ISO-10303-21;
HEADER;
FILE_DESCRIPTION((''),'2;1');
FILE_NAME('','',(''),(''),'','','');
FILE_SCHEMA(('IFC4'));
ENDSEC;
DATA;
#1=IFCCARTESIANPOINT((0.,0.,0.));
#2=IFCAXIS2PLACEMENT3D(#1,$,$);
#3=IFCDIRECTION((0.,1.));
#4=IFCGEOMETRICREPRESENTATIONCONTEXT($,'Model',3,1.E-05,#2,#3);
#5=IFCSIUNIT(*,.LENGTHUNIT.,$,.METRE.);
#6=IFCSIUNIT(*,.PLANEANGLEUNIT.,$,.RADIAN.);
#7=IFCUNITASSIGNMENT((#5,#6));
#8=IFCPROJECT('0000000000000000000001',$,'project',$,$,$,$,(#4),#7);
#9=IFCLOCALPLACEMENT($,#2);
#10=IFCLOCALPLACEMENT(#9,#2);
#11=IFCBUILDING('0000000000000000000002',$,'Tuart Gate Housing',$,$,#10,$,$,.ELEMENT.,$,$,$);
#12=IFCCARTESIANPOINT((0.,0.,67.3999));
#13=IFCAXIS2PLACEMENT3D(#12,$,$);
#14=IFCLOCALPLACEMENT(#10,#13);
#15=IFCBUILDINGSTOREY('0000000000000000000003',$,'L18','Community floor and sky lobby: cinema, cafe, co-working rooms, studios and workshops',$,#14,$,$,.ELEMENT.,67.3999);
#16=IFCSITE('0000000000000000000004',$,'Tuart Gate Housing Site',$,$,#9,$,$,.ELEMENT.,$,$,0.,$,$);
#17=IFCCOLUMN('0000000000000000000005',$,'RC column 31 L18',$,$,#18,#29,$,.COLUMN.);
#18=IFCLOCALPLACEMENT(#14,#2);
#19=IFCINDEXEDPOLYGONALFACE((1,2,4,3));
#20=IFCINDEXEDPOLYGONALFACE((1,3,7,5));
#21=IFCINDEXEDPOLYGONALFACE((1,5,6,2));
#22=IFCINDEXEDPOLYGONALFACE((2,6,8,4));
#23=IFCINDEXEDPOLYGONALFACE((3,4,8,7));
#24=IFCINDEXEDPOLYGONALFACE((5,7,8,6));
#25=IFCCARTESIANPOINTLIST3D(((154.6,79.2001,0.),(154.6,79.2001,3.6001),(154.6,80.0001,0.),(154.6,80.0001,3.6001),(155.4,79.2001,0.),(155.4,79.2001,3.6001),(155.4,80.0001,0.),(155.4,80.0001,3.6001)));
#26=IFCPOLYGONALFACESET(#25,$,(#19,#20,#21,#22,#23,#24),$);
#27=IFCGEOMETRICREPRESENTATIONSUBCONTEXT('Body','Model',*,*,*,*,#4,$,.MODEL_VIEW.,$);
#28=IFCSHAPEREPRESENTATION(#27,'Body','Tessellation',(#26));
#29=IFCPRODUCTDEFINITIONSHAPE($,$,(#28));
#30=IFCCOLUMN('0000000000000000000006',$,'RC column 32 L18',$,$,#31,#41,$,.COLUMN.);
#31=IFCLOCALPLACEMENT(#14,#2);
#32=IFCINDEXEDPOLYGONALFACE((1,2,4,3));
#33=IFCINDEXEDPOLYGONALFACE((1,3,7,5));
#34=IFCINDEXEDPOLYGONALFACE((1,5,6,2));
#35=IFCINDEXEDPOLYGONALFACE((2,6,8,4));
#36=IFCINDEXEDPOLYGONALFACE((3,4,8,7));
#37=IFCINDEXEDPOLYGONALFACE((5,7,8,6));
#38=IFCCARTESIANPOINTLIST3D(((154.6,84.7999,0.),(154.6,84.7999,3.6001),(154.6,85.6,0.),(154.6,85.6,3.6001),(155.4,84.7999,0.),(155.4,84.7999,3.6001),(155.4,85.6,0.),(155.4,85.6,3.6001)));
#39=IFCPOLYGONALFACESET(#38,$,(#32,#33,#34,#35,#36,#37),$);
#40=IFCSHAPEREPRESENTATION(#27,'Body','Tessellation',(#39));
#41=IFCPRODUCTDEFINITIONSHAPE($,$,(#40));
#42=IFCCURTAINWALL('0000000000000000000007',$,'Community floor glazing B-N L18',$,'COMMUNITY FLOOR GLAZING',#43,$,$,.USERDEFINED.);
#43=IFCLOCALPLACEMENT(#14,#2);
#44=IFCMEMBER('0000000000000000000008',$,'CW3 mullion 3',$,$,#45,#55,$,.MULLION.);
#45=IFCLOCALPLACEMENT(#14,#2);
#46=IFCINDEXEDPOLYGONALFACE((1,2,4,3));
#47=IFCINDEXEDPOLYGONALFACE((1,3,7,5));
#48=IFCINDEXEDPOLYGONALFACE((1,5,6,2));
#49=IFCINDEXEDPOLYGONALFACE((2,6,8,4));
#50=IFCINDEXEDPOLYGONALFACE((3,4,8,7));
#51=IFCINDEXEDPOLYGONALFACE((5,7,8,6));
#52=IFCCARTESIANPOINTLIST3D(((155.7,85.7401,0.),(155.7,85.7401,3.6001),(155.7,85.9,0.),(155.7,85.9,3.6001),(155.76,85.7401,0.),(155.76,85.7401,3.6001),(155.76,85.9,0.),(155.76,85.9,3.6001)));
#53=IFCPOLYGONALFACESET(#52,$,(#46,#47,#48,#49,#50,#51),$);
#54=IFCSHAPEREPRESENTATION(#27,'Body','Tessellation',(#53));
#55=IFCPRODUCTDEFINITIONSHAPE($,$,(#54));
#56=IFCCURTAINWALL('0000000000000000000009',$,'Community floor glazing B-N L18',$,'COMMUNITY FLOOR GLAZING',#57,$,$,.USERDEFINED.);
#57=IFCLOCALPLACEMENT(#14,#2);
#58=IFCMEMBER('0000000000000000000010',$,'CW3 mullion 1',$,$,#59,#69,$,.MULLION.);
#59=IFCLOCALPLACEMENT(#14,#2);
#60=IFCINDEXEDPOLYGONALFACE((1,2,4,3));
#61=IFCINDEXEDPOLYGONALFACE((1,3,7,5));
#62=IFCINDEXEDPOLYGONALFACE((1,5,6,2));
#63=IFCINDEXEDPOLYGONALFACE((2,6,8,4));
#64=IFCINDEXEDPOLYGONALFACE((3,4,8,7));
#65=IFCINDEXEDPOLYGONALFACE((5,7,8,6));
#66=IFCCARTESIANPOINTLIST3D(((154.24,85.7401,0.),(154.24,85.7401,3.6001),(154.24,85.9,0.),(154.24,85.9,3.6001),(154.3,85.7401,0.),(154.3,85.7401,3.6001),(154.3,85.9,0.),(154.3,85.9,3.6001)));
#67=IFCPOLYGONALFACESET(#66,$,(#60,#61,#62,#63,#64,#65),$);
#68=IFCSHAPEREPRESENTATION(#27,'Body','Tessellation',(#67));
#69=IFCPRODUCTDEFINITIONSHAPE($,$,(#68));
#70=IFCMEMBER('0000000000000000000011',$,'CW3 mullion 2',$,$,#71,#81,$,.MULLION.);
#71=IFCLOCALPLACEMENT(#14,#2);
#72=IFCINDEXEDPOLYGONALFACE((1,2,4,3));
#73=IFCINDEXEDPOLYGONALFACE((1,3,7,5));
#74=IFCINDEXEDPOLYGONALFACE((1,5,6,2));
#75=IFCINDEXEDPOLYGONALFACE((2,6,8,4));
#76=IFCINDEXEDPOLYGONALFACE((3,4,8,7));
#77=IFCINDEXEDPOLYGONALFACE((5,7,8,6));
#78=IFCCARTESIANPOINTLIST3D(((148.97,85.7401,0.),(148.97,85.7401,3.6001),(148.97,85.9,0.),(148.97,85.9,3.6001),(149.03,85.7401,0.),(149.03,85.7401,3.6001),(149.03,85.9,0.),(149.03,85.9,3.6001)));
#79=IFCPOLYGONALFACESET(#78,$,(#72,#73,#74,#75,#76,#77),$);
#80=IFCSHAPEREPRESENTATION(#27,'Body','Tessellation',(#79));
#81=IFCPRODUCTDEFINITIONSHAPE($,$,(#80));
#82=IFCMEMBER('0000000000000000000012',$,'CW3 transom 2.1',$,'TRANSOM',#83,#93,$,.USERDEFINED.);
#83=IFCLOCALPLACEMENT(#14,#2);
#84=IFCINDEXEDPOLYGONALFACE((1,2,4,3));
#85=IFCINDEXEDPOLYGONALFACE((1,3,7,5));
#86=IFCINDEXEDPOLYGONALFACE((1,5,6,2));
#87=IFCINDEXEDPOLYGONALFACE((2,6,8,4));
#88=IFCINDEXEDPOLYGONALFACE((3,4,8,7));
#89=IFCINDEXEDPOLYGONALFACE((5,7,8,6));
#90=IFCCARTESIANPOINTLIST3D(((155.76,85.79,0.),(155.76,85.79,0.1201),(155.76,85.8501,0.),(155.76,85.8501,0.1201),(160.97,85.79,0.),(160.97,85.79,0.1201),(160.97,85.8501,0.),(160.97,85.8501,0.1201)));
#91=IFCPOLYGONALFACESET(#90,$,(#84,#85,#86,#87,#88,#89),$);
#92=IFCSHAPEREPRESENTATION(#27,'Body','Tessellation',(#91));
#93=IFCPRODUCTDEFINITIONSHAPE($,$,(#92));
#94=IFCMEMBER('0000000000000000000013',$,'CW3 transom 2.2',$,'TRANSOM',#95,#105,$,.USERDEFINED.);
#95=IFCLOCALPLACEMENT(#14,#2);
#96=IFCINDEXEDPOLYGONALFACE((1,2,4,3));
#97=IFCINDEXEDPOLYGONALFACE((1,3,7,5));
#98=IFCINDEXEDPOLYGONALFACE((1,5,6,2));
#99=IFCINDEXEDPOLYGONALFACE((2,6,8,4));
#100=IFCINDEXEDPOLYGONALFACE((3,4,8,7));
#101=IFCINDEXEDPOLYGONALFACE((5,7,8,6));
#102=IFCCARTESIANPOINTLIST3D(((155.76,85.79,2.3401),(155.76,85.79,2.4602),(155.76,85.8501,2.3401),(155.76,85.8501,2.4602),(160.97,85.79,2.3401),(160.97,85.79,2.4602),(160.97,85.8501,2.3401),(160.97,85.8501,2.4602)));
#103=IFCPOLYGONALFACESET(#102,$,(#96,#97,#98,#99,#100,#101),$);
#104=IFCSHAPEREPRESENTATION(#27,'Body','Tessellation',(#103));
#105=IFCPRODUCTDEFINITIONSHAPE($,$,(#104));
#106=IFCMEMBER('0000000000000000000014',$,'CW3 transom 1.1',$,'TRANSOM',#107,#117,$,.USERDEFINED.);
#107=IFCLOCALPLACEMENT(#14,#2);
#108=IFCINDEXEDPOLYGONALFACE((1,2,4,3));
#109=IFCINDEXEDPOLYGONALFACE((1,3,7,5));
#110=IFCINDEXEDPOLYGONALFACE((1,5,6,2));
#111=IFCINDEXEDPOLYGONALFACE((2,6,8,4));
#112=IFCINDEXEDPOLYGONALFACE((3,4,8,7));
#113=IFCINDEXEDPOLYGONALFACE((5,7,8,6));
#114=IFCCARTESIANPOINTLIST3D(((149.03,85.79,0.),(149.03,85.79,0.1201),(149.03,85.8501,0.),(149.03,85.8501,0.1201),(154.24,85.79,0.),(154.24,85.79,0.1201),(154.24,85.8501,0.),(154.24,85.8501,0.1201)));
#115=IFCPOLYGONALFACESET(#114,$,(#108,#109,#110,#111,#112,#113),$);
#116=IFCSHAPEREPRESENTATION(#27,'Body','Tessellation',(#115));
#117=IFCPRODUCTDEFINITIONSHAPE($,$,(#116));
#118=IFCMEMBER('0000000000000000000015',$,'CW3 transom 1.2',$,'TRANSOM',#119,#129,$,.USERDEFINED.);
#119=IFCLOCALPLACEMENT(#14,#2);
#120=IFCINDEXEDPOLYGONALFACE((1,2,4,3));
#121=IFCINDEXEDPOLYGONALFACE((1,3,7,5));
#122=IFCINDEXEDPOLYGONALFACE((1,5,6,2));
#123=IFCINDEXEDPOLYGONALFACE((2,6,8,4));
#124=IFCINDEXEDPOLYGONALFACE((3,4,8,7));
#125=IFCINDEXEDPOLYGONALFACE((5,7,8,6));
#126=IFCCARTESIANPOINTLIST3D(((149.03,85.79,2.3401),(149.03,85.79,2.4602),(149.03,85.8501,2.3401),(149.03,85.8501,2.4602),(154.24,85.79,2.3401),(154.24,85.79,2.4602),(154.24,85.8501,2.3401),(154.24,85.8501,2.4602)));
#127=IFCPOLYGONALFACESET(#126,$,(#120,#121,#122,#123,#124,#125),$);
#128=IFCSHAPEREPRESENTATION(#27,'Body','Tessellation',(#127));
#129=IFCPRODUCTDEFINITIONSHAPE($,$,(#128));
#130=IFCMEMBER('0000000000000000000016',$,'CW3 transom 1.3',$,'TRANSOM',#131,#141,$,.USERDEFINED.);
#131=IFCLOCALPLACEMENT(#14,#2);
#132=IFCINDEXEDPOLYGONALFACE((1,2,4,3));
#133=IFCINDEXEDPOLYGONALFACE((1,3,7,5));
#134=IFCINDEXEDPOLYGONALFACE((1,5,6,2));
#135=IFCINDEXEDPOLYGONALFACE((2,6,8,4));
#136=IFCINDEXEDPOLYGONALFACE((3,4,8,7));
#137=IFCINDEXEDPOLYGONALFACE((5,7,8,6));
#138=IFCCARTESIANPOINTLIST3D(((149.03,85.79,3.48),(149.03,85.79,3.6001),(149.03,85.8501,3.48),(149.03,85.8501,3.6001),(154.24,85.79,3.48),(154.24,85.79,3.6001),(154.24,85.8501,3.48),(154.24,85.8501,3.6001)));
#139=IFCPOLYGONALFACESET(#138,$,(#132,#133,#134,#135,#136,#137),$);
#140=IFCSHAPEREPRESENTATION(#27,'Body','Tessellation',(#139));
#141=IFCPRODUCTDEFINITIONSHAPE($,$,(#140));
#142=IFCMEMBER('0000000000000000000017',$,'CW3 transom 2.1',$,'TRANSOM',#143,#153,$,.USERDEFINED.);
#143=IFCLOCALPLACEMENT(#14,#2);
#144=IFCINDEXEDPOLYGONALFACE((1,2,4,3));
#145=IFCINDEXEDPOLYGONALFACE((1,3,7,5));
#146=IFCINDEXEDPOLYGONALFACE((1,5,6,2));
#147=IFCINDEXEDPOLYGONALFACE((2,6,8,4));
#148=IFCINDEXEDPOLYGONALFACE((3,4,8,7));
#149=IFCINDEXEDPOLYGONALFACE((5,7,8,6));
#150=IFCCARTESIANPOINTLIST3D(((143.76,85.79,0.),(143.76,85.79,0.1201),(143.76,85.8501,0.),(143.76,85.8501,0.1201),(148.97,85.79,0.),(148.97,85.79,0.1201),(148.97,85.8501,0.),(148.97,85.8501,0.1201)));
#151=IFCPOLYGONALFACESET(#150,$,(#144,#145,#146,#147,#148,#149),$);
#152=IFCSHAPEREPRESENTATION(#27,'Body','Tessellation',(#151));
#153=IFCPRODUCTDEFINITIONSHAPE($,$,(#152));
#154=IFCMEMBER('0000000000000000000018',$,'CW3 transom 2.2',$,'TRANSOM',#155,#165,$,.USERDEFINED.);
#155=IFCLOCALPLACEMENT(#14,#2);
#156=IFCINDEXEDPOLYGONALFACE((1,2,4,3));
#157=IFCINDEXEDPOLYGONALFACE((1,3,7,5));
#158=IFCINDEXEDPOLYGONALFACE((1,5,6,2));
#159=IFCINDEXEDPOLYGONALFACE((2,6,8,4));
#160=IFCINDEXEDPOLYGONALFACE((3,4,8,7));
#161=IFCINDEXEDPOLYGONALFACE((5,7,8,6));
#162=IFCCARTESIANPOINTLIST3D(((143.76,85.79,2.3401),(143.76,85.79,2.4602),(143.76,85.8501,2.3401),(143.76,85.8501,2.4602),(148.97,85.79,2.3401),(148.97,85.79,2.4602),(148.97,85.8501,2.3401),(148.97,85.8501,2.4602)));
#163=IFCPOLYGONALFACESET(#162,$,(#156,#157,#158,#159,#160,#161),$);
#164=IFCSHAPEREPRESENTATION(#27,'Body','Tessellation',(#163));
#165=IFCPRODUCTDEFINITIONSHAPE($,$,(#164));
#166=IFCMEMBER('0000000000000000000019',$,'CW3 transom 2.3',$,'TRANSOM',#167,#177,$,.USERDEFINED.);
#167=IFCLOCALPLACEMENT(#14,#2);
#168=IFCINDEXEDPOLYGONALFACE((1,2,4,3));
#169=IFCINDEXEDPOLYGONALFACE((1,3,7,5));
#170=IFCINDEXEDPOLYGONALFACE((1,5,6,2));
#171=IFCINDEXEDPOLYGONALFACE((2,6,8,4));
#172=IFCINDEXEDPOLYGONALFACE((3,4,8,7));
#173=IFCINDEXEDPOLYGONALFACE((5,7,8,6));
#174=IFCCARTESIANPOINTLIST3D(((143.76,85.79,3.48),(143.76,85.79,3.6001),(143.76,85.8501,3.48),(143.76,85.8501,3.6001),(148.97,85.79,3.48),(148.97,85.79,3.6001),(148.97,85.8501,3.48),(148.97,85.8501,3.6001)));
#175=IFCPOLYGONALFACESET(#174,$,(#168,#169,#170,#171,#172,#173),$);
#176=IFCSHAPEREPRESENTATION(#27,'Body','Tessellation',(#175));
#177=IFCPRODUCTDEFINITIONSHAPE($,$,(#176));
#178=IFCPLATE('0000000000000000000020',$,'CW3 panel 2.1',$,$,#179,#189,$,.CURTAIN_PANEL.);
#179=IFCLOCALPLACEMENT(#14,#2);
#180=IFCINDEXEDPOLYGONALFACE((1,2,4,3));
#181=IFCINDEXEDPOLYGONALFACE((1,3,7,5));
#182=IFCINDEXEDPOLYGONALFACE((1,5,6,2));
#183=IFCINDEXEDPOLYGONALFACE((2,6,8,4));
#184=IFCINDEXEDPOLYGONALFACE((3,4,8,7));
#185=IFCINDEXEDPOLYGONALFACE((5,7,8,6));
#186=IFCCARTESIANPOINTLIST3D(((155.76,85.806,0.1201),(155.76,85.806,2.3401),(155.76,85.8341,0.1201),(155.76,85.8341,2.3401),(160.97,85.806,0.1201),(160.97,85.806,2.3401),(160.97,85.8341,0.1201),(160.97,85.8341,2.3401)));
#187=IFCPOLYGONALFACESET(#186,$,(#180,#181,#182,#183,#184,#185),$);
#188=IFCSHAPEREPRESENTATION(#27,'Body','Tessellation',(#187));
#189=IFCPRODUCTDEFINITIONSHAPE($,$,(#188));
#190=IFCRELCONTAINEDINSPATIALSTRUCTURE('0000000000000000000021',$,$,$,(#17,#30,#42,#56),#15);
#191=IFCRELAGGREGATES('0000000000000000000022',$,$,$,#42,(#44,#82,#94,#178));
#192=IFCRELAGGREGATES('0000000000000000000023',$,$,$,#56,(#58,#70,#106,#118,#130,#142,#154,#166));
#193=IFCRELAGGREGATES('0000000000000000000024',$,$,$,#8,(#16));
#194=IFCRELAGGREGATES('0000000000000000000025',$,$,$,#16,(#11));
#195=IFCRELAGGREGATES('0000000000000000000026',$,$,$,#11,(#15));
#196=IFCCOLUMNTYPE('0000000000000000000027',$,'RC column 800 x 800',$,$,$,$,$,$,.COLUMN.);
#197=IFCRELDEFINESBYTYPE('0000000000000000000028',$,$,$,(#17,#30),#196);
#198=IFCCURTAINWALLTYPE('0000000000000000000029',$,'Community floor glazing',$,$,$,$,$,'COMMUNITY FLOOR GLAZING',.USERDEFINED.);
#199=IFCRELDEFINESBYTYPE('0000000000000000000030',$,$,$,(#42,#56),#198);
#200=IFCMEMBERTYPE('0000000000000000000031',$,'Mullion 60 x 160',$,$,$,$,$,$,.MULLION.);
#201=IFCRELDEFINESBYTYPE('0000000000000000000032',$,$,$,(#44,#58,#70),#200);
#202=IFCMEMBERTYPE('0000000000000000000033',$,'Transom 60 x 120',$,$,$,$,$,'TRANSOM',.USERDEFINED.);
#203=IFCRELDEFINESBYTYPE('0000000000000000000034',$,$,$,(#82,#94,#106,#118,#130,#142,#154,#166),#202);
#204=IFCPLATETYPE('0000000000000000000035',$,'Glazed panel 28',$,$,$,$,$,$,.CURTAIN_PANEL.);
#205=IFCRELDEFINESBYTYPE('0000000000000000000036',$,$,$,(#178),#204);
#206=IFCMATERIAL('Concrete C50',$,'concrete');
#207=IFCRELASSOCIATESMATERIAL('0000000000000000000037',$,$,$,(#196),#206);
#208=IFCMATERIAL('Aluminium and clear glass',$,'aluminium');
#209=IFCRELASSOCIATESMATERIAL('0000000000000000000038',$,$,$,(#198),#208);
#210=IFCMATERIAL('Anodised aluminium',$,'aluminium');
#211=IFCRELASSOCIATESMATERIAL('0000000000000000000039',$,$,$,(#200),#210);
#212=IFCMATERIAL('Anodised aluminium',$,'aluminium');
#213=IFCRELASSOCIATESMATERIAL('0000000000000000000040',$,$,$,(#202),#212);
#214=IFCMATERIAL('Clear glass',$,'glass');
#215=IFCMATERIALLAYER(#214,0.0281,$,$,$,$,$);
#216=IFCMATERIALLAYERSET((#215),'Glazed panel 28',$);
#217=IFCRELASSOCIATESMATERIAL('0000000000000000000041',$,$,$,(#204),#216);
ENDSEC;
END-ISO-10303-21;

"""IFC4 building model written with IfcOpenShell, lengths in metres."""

from ifc_helpers import new_model, si_unit, direction, frame, origin, origin_2d, place, context, subcontext, project, spatial, rectangle, extrude, material, layer, layer_set, material_profile, profile_set, type_object, element, aggregate, save


model = new_model("IFC4")

# Units and contexts
model_context = context("Model", 3, precision=1e-05, world=origin(), true_north=direction((0.0, 1.0)))
body_context = subcontext(model_context, "Body", "Model", "MODEL_VIEW")
ifc_project = project(units=[si_unit("LENGTHUNIT", "METRE"), si_unit("PLANEANGLEUNIT", "RADIAN")], contexts=[model_context])

# Site, building, storey
site_placement = place(None, origin())
site = spatial("IfcSite", under=ifc_project, at=site_placement, Name="Tuart Gate Housing Site", CompositionType="ELEMENT", RefElevation=0.0)
building_placement = place(site_placement, origin())
building = spatial("IfcBuilding", under=site, at=building_placement, Name="Tuart Gate Housing", CompositionType="ELEMENT")
storey_placement = place(building_placement, frame((0.0, 0.0, 67.3999)))
storey = spatial("IfcBuildingStorey", under=building, at=storey_placement, Name="L18", Description="Community floor and sky lobby: cinema, cafe, co-working rooms, studios and workshops", CompositionType="ELEMENT", Elevation=67.3999)

# Columns
ifc_material_1 = material(Name="Concrete C50", Category="concrete")
ifc_material_profile_1 = material_profile(ifc_material_1, rectangle(XDim=0.8, YDim=0.8, at=origin_2d()), Name="RC column 800 x 800")
ifc_profile_set_1 = profile_set([ifc_material_profile_1], Name="Concrete C50")
column_type = type_object("IfcColumnType", Name="RC column 800 x 800", PredefinedType="COLUMN", material=ifc_profile_set_1)
for number, where, z_axis, x_axis, name in (
    (1, (155.0, 79.6001, 0.0), (0.0, 0.0, 1.0), (1.0, 0.0, 0.0), "RC column 31 L18"),
    (2, (155.0, 85.2, 0.0), (0.0, 0.0, 1.0), (1.0, 0.0, 0.0), "RC column 32 L18"),
):
    element("IfcColumn", number, at=place(storey_placement, frame(where, z_axis=z_axis, x_axis=x_axis)), inside=storey, type_object=column_type, Name=name, PredefinedType="COLUMN", context=body_context, shape_type="SweptSolid", body=[
        extrude(rectangle(XDim=0.8, YDim=0.8, at=origin_2d()), origin(), (0.0, 0.0, 1.0), 3.6001),
    ])

# Curtain wall, member
ifc_material_2 = material(Name="Aluminium and clear glass", Category="aluminium")
curtain_wall_type = type_object("IfcCurtainWallType", Name="Community floor glazing", ElementType="COMMUNITY FLOOR GLAZING", PredefinedType="USERDEFINED", material=ifc_material_2)
curtain_wall_1_placement = place(storey_placement, origin())
curtain_wall_1 = element("IfcCurtainWall", 3, at=curtain_wall_1_placement, inside=storey, type_object=curtain_wall_type, Name="Community floor glazing B-N L18", ObjectType="COMMUNITY FLOOR GLAZING", PredefinedType="USERDEFINED")
ifc_material_3 = material(Name="Anodised aluminium", Category="aluminium")
ifc_material_profile_2 = material_profile(ifc_material_3, rectangle(XDim=0.0601, YDim=0.1599, at=origin_2d()), Name="60x160")
ifc_profile_set_2 = profile_set([ifc_material_profile_2], Name="Anodised aluminium")
member_type_1 = type_object("IfcMemberType", Name="Mullion 60 x 160", PredefinedType="MULLION", material=ifc_profile_set_2)
member_1_placement = place(storey_placement, frame((155.73, 85.8201, 0.0), z_axis=(0.0, 0.0, 1.0), x_axis=(-1.0, 0.0, 0.0)))
member_1 = element("IfcMember", 4, at=member_1_placement, type_object=member_type_1, Name="CW3 mullion 3", PredefinedType="MULLION", context=body_context, shape_type="SweptSolid", body=[
    extrude(rectangle(XDim=0.0601, YDim=0.1599, at=origin_2d()), origin(), (0.0, 0.0, 1.0), 3.6001),
])

# Curtain wall, members
curtain_wall_2_placement = place(storey_placement, origin())
curtain_wall_2 = element("IfcCurtainWall", 5, at=curtain_wall_2_placement, inside=storey, type_object=curtain_wall_type, Name="Community floor glazing B-N L18", ObjectType="COMMUNITY FLOOR GLAZING", PredefinedType="USERDEFINED")
member_2_placement = place(storey_placement, frame((154.27, 85.8201, 0.0), z_axis=(0.0, 0.0, 1.0), x_axis=(-1.0, 0.0, 0.0)))
member_2 = element("IfcMember", 6, at=member_2_placement, type_object=member_type_1, Name="CW3 mullion 1", PredefinedType="MULLION", context=body_context, shape_type="SweptSolid", body=[
    extrude(rectangle(XDim=0.0601, YDim=0.1599, at=origin_2d()), origin(), (0.0, 0.0, 1.0), 3.6001),
])
member_3_placement = place(storey_placement, frame((149.0, 85.8201, 0.0), z_axis=(0.0, 0.0, 1.0), x_axis=(-1.0, 0.0, 0.0)))
member_3 = element("IfcMember", 7, at=member_3_placement, type_object=member_type_1, Name="CW3 mullion 2", PredefinedType="MULLION", context=body_context, shape_type="SweptSolid", body=[
    extrude(rectangle(XDim=0.0601, YDim=0.1599, at=origin_2d()), origin(), (0.0, 0.0, 1.0), 3.6001),
])

# Members
ifc_material_4 = material(Name="Anodised aluminium", Category="aluminium")
ifc_material_profile_3 = material_profile(ifc_material_4, rectangle(XDim=0.0601, YDim=0.1201, at=origin_2d()), Name="60x120")
ifc_profile_set_3 = profile_set([ifc_material_profile_3], Name="Anodised aluminium")
member_type_2 = type_object("IfcMemberType", Name="Transom 60 x 120", ElementType="TRANSOM", PredefinedType="USERDEFINED", material=ifc_profile_set_3)
member_4_placement = place(storey_placement, frame((160.97, 85.8201, 0.0601), z_axis=(-1.0, 0.0, 0.0), x_axis=(0.0, -1.0, 0.0)))
member_4 = element("IfcMember", 8, at=member_4_placement, type_object=member_type_2, Name="CW3 transom 2.1", ObjectType="TRANSOM", PredefinedType="USERDEFINED", context=body_context, shape_type="SweptSolid", body=[
    extrude(rectangle(XDim=0.0601, YDim=0.1201, at=origin_2d()), origin(), (0.0, 0.0, 1.0), 5.21),
])
member_5_placement = place(storey_placement, frame((160.97, 85.8201, 2.4001), z_axis=(-1.0, 0.0, 0.0), x_axis=(0.0, -1.0, 0.0)))
member_5 = element("IfcMember", 9, at=member_5_placement, type_object=member_type_2, Name="CW3 transom 2.2", ObjectType="TRANSOM", PredefinedType="USERDEFINED", context=body_context, shape_type="SweptSolid", body=[
    extrude(rectangle(XDim=0.0601, YDim=0.1201, at=origin_2d()), origin(), (0.0, 0.0, 1.0), 5.21),
])
member_6_placement = place(storey_placement, frame((154.24, 85.8201, 0.0601), z_axis=(-1.0, 0.0, 0.0), x_axis=(0.0, -1.0, 0.0)))
member_6 = element("IfcMember", 10, at=member_6_placement, type_object=member_type_2, Name="CW3 transom 1.1", ObjectType="TRANSOM", PredefinedType="USERDEFINED", context=body_context, shape_type="SweptSolid", body=[
    extrude(rectangle(XDim=0.0601, YDim=0.1201, at=origin_2d()), origin(), (0.0, 0.0, 1.0), 5.21),
])
member_7_placement = place(storey_placement, frame((154.24, 85.8201, 2.4001), z_axis=(-1.0, 0.0, 0.0), x_axis=(0.0, -1.0, 0.0)))
member_7 = element("IfcMember", 11, at=member_7_placement, type_object=member_type_2, Name="CW3 transom 1.2", ObjectType="TRANSOM", PredefinedType="USERDEFINED", context=body_context, shape_type="SweptSolid", body=[
    extrude(rectangle(XDim=0.0601, YDim=0.1201, at=origin_2d()), origin(), (0.0, 0.0, 1.0), 5.21),
])
member_8_placement = place(storey_placement, frame((154.24, 85.8201, 3.54), z_axis=(-1.0, 0.0, 0.0), x_axis=(0.0, -1.0, 0.0)))
member_8 = element("IfcMember", 12, at=member_8_placement, type_object=member_type_2, Name="CW3 transom 1.3", ObjectType="TRANSOM", PredefinedType="USERDEFINED", context=body_context, shape_type="SweptSolid", body=[
    extrude(rectangle(XDim=0.0601, YDim=0.1201, at=origin_2d()), origin(), (0.0, 0.0, 1.0), 5.21),
])
member_9_placement = place(storey_placement, frame((148.97, 85.8201, 0.0601), z_axis=(-1.0, 0.0, 0.0), x_axis=(0.0, -1.0, 0.0)))
member_9 = element("IfcMember", 13, at=member_9_placement, type_object=member_type_2, Name="CW3 transom 2.1", ObjectType="TRANSOM", PredefinedType="USERDEFINED", context=body_context, shape_type="SweptSolid", body=[
    extrude(rectangle(XDim=0.0601, YDim=0.1201, at=origin_2d()), origin(), (0.0, 0.0, 1.0), 5.21),
])
member_10_placement = place(storey_placement, frame((148.97, 85.8201, 2.4001), z_axis=(-1.0, 0.0, 0.0), x_axis=(0.0, -1.0, 0.0)))
member_10 = element("IfcMember", 14, at=member_10_placement, type_object=member_type_2, Name="CW3 transom 2.2", ObjectType="TRANSOM", PredefinedType="USERDEFINED", context=body_context, shape_type="SweptSolid", body=[
    extrude(rectangle(XDim=0.0601, YDim=0.1201, at=origin_2d()), origin(), (0.0, 0.0, 1.0), 5.21),
])
member_11_placement = place(storey_placement, frame((148.97, 85.8201, 3.54), z_axis=(-1.0, 0.0, 0.0), x_axis=(0.0, -1.0, 0.0)))
member_11 = element("IfcMember", 15, at=member_11_placement, type_object=member_type_2, Name="CW3 transom 2.3", ObjectType="TRANSOM", PredefinedType="USERDEFINED", context=body_context, shape_type="SweptSolid", body=[
    extrude(rectangle(XDim=0.0601, YDim=0.1201, at=origin_2d()), origin(), (0.0, 0.0, 1.0), 5.21),
])

# Plate
ifc_material_5 = material(Name="Clear glass", Category="glass")
ifc_layer_1 = layer(ifc_material_5, 0.0281)
ifc_layer_set_1 = layer_set([ifc_layer_1], Name="Glazed panel 28")
plate_type = type_object("IfcPlateType", Name="Glazed panel 28", PredefinedType="CURTAIN_PANEL", material=ifc_layer_set_1)
plate_1_placement = place(storey_placement, frame((158.365, 85.8201, 0.1201), z_axis=(0.0, 0.0, 1.0), x_axis=(-1.0, 0.0, 0.0)))
plate_1 = element("IfcPlate", 16, at=plate_1_placement, type_object=plate_type, Name="CW3 panel 2.1", PredefinedType="CURTAIN_PANEL", context=body_context, shape_type="SweptSolid", body=[
    extrude(rectangle(XDim=5.21, YDim=0.0281, at=origin_2d()), origin(), (0.0, 0.0, 1.0), 2.22),
])
aggregate(curtain_wall_1, [member_1, member_4, member_5, plate_1])
aggregate(curtain_wall_2, [member_2, member_3, member_6, member_7, member_8, member_9, member_10, member_11])

save(model, "model.ifc")
